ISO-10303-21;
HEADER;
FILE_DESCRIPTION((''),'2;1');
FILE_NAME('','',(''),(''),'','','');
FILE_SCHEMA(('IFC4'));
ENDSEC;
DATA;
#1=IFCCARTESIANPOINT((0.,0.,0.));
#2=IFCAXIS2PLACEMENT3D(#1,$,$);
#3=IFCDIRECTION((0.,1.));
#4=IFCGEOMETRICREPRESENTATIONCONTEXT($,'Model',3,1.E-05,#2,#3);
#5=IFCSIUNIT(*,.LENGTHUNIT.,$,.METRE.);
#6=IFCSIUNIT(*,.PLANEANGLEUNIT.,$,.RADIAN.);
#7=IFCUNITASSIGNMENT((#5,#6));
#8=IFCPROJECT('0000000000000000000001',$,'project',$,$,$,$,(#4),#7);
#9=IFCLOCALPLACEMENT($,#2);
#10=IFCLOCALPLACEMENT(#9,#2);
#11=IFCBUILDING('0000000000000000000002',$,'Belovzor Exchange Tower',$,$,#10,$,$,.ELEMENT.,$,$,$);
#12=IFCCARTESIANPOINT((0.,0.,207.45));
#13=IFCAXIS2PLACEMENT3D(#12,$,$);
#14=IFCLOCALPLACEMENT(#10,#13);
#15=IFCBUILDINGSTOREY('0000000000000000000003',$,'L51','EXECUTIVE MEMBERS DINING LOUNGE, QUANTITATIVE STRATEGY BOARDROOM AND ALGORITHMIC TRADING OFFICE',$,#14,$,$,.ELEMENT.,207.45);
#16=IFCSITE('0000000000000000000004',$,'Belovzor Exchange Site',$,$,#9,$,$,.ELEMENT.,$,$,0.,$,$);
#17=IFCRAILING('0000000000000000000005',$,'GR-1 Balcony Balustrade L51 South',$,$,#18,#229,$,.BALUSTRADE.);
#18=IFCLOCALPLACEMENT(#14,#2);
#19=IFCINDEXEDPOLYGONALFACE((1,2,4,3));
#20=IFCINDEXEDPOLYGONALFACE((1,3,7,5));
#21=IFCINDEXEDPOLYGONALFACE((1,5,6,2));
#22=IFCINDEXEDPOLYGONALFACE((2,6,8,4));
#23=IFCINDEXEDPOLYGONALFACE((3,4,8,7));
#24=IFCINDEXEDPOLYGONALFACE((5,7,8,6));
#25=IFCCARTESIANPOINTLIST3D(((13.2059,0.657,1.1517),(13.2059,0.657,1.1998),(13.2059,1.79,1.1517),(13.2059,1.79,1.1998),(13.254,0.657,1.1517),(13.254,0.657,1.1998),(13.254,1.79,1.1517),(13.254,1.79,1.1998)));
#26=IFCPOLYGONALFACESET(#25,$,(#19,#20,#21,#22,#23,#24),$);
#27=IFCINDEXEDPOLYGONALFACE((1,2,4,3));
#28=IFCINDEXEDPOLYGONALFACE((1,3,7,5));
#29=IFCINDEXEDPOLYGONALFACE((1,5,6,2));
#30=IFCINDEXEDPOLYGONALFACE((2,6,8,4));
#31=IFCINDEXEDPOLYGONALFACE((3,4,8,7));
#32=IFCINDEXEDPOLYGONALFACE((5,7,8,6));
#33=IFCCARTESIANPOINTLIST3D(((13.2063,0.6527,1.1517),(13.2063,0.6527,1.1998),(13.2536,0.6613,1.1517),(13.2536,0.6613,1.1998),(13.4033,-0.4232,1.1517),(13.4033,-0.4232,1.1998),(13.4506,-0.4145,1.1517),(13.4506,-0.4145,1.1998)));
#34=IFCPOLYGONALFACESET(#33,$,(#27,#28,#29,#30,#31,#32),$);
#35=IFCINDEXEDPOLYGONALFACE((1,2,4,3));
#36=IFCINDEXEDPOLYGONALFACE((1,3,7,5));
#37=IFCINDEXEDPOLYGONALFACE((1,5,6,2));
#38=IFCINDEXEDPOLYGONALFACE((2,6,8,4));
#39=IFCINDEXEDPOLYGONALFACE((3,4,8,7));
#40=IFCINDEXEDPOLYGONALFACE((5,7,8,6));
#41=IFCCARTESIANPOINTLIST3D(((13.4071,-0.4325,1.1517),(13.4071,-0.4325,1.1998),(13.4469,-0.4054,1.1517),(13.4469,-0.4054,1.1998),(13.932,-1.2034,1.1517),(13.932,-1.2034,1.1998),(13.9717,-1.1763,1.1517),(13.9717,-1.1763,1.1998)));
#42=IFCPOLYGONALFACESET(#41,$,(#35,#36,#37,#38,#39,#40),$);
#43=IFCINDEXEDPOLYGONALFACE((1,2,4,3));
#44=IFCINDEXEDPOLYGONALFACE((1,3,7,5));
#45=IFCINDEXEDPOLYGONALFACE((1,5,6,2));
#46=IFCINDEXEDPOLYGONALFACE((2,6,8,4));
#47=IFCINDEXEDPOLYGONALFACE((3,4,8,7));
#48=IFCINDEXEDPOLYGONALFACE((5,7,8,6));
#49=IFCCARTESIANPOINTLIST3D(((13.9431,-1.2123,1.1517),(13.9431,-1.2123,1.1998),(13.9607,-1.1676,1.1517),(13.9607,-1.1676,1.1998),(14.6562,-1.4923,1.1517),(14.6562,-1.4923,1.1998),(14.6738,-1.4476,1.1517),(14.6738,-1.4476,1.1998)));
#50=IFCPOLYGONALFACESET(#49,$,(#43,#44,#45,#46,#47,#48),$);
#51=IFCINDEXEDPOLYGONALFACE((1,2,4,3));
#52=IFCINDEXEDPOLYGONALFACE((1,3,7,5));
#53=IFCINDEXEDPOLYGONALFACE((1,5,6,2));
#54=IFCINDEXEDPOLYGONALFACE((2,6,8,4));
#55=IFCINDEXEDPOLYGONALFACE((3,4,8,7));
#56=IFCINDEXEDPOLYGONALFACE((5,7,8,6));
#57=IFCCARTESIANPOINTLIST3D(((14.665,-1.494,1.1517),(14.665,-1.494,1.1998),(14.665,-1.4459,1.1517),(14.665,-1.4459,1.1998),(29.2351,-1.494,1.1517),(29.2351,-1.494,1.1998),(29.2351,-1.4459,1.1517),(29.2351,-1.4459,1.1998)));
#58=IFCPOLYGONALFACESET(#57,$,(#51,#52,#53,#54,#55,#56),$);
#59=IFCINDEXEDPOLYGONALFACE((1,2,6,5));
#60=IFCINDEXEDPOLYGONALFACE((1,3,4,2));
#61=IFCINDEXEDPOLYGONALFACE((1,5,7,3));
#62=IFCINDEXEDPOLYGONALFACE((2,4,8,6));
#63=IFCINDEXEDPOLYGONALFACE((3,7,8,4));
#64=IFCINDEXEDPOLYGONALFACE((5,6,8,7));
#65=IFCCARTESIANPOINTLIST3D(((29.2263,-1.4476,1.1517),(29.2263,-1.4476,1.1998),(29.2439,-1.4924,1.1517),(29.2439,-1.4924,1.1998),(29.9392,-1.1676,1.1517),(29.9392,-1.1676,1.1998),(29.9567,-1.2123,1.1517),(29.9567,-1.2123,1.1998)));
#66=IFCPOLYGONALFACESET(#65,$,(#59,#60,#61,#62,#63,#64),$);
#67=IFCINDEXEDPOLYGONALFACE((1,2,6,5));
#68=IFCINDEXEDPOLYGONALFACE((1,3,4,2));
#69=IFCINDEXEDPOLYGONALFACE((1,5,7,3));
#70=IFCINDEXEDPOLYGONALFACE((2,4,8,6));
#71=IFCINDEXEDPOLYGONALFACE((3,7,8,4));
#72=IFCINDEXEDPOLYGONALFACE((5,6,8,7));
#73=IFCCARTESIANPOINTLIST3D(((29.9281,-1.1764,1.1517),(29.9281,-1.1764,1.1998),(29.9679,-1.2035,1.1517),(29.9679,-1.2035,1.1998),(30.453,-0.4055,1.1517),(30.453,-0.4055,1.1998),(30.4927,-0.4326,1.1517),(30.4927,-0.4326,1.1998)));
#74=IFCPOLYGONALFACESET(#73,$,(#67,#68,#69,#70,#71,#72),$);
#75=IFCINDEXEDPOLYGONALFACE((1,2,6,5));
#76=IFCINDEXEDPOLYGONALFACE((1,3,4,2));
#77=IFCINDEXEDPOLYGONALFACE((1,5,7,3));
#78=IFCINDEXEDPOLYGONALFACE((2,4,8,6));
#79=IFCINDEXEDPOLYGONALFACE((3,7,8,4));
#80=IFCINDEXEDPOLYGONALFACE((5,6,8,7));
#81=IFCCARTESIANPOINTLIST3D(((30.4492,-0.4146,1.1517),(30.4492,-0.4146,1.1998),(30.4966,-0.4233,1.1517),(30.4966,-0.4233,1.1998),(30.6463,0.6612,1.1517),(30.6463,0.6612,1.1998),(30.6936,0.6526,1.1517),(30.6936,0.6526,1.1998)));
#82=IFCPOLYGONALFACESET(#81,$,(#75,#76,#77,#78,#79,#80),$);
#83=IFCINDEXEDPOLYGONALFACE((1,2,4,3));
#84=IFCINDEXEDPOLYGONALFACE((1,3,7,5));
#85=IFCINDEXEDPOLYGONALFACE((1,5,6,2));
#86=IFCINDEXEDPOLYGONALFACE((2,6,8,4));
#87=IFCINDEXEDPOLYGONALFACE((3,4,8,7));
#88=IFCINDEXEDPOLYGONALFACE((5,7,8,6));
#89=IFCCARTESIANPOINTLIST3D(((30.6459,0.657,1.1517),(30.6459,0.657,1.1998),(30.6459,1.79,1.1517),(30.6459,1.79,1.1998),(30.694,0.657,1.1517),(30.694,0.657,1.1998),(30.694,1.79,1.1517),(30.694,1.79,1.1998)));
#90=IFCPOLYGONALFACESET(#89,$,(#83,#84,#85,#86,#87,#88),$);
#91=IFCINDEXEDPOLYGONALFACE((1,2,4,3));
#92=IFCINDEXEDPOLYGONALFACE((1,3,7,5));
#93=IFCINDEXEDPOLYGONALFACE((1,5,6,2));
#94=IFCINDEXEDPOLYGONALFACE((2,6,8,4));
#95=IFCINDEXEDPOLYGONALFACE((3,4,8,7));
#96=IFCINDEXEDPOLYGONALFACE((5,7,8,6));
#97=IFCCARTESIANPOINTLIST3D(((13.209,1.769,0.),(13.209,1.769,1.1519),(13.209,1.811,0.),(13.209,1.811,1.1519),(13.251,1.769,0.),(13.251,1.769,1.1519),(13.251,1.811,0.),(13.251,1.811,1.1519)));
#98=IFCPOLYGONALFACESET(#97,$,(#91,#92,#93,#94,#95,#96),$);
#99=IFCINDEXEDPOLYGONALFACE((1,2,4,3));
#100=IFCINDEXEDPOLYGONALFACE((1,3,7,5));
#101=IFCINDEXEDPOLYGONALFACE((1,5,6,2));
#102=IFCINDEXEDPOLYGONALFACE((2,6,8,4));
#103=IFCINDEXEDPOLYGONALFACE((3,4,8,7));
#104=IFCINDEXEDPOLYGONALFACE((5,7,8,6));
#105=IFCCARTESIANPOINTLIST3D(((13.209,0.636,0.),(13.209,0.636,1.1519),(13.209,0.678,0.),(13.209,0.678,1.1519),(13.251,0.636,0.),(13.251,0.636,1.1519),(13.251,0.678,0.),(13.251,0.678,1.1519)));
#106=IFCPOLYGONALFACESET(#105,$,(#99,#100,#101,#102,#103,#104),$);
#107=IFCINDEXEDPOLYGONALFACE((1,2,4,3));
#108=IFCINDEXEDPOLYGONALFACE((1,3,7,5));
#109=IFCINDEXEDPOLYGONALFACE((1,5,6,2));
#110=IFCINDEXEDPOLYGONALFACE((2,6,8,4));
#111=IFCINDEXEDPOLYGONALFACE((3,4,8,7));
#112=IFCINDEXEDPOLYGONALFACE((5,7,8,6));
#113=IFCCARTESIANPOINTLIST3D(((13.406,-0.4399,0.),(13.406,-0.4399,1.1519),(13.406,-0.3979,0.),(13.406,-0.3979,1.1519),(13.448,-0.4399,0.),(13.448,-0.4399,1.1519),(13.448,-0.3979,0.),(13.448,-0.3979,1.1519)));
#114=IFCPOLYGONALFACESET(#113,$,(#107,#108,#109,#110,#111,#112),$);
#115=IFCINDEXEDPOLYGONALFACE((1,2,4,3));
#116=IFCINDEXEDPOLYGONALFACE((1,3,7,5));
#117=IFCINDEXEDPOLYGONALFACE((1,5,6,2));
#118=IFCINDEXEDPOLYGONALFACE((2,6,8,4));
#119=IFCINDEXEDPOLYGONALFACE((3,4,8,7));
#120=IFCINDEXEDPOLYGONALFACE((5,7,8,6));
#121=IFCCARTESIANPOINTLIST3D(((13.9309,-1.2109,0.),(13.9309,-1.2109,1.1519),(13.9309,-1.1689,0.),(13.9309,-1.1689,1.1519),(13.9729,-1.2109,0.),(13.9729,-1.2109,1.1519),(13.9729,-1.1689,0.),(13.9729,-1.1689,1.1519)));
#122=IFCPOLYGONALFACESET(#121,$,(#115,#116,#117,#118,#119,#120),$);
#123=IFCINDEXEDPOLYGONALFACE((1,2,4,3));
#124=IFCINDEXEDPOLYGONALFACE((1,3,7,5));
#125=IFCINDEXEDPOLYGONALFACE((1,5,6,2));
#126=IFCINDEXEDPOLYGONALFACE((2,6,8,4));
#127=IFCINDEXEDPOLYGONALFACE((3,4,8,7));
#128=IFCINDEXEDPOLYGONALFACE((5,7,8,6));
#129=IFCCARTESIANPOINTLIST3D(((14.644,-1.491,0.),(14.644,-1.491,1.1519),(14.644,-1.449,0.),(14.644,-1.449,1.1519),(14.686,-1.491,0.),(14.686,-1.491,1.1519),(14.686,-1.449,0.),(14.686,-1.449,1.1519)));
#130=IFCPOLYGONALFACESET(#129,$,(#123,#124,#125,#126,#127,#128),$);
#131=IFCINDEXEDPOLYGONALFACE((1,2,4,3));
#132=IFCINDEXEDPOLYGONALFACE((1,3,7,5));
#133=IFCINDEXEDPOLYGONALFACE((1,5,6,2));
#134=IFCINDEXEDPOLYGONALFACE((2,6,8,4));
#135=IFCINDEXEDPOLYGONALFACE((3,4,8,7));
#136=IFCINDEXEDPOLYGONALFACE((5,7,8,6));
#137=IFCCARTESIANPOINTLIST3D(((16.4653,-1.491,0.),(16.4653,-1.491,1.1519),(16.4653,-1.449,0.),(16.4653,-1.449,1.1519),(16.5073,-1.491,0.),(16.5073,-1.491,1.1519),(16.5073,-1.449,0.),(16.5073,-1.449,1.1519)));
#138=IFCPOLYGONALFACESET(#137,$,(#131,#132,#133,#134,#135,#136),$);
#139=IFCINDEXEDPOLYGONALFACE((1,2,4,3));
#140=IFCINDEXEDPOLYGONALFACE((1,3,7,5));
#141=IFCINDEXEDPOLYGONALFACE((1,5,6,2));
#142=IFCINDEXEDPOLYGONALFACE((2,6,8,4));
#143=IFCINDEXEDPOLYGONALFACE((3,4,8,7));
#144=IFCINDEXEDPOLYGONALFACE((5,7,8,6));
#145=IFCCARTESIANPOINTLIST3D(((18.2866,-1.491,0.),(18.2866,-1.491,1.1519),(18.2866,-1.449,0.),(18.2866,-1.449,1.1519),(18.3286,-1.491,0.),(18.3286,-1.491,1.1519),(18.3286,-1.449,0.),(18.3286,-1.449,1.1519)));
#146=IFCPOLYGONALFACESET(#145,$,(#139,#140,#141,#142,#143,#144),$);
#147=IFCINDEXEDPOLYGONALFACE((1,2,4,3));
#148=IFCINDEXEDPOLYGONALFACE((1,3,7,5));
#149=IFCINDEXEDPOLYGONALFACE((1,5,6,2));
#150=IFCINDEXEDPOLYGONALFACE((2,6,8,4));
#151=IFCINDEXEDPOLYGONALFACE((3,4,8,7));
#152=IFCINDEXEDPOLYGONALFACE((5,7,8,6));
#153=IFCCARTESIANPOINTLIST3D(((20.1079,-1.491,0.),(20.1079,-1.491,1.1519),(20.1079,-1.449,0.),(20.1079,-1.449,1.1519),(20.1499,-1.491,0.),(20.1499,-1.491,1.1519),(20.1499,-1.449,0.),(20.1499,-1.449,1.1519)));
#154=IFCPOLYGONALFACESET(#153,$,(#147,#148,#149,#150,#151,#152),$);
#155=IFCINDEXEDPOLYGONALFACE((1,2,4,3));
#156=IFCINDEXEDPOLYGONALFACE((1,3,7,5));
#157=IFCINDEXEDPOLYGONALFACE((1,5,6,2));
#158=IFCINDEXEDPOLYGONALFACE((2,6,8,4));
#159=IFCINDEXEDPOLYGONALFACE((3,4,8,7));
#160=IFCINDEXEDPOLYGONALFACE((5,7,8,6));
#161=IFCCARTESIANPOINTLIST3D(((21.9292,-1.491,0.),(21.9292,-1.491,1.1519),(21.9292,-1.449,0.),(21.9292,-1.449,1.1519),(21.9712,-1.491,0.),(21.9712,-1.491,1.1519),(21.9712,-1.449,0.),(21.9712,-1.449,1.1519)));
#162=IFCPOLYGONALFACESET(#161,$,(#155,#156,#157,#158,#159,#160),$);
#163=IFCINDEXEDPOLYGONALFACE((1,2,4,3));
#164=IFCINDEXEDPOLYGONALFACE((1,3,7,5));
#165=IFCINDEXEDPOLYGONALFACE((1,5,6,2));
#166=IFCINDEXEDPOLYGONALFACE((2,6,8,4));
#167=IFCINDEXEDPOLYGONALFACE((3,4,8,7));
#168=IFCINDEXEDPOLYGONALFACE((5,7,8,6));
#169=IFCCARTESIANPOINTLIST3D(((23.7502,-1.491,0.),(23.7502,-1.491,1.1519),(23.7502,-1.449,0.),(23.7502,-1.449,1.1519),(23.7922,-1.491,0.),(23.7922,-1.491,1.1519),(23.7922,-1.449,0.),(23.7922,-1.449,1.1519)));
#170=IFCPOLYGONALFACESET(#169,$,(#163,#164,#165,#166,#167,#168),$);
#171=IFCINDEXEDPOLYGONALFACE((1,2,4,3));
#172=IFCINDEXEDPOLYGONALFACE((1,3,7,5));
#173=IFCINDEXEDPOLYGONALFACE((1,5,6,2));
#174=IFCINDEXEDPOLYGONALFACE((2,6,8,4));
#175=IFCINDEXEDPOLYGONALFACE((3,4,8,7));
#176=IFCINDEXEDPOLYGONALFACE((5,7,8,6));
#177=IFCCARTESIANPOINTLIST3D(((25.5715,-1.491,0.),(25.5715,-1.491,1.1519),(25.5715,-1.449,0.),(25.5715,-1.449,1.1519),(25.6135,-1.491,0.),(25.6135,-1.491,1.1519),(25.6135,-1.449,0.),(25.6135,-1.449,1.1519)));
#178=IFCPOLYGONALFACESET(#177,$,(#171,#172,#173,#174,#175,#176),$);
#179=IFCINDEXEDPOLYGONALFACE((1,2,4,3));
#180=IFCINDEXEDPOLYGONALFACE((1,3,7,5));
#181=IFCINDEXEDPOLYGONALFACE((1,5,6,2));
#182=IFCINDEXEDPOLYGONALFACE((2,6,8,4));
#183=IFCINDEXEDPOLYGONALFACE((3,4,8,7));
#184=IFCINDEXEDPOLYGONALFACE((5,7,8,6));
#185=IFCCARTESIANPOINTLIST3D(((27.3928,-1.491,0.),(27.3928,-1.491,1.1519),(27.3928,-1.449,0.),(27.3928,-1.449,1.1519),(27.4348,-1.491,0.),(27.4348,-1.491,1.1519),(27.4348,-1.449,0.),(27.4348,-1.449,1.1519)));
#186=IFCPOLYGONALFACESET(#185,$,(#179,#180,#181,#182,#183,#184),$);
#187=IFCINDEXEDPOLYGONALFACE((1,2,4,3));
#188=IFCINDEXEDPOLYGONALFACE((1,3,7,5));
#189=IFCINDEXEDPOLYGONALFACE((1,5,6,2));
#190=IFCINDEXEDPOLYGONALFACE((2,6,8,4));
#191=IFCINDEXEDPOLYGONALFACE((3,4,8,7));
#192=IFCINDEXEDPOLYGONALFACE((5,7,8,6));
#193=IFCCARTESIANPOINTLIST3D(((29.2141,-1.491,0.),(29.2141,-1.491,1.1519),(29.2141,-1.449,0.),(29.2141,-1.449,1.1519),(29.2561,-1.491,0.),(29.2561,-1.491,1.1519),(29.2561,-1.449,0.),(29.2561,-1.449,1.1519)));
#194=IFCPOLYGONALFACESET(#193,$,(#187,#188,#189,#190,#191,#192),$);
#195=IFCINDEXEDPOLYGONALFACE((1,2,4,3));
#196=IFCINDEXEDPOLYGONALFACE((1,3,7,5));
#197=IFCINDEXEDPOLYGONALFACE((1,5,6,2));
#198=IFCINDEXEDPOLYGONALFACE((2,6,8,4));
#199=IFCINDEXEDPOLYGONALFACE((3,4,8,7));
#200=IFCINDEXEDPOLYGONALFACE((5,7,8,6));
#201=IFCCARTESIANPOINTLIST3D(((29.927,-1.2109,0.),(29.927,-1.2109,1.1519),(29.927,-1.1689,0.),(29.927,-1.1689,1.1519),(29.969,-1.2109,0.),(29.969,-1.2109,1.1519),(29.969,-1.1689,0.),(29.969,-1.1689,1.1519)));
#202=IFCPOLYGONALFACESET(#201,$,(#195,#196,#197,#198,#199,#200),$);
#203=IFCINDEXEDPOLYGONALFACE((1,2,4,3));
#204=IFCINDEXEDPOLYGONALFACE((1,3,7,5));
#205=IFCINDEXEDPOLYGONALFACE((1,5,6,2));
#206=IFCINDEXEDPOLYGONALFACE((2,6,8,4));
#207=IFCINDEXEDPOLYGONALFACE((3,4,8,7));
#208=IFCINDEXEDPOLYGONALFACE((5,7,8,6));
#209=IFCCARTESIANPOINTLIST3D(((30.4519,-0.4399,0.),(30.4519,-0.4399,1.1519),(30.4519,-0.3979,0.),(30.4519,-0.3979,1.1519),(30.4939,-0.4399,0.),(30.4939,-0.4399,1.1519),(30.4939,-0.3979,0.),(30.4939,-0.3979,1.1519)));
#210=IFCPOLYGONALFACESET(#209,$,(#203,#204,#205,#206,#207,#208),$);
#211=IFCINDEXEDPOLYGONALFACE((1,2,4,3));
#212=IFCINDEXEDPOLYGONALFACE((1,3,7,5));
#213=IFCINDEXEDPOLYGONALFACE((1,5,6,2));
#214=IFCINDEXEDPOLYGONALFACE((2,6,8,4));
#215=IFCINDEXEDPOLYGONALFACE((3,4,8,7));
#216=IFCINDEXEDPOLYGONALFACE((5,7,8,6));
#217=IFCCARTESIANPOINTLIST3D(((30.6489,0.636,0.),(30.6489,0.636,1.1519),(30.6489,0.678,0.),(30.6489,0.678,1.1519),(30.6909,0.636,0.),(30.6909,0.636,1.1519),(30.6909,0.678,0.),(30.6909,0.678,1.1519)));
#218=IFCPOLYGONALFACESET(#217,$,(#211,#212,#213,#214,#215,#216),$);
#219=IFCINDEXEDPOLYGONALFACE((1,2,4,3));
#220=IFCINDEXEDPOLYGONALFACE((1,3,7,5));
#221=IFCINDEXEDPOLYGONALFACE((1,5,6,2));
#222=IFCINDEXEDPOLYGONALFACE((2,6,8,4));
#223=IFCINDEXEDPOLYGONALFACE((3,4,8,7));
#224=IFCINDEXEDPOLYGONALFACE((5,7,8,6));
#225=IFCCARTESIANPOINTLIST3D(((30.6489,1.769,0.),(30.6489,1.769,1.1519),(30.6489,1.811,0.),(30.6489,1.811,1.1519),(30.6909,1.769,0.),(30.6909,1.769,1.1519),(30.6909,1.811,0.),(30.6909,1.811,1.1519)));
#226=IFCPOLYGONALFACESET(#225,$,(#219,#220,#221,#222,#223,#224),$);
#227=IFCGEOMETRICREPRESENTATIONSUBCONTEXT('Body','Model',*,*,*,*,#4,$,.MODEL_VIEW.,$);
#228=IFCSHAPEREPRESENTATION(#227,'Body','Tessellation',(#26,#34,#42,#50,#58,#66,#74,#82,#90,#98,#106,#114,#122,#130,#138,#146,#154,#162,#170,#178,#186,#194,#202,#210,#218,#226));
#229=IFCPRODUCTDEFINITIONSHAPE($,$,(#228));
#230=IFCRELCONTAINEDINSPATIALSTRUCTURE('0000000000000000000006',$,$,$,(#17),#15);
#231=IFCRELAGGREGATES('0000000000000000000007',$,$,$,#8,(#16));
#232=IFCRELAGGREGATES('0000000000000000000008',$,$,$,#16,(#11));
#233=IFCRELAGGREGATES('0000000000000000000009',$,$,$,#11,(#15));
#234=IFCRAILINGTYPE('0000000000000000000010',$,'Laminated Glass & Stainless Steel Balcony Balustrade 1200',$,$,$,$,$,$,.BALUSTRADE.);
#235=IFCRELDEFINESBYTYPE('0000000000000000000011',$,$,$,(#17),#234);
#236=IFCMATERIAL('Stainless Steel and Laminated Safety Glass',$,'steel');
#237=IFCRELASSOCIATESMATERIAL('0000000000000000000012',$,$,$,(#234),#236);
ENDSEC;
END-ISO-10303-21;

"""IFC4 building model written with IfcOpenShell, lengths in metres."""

from ifc_helpers import new_model, si_unit, direction, frame, origin, origin_2d, place, context, subcontext, project, spatial, rectangle, extrude, material, type_object, element, save


model = new_model("IFC4")

# Units and contexts
model_context = context("Model", 3, precision=1e-05, world=origin(), true_north=direction((0.0, 1.0)))
body_context = subcontext(model_context, "Body", "Model", "MODEL_VIEW")
ifc_project = project(units=[si_unit("LENGTHUNIT", "METRE"), si_unit("PLANEANGLEUNIT", "RADIAN")], contexts=[model_context])

# Site, building, storey
site_placement = place(None, origin())
site = spatial("IfcSite", under=ifc_project, at=site_placement, Name="Belovzor Exchange Site", CompositionType="ELEMENT", RefElevation=0.0)
building_placement = place(site_placement, origin())
building = spatial("IfcBuilding", under=site, at=building_placement, Name="Belovzor Exchange Tower", CompositionType="ELEMENT")
storey_placement = place(building_placement, frame((0.0, 0.0, 207.45)))
storey = spatial("IfcBuildingStorey", under=building, at=storey_placement, Name="L51", Description="EXECUTIVE MEMBERS DINING LOUNGE, QUANTITATIVE STRATEGY BOARDROOM AND ALGORITHMIC TRADING OFFICE", CompositionType="ELEMENT", Elevation=207.45)

# Railing
ifc_material_1 = material(Name="Stainless Steel and Laminated Safety Glass", Category="steel")
railing_type = type_object("IfcRailingType", Name="Laminated Glass & Stainless Steel Balcony Balustrade 1200", PredefinedType="BALUSTRADE", material=ifc_material_1)
railing_placement = place(storey_placement, frame((13.23, 1.79, 0.0)))
element("IfcRailing", 1, at=railing_placement, inside=storey, type_object=railing_type, Name="GR-1 Balcony Balustrade L51 South", PredefinedType="BALUSTRADE", context=body_context, shape_type="SweptSolid", body=[
    extrude(rectangle(XDim=0.0481, YDim=0.0481, at=origin_2d()), frame((0.0, 0.0, 1.1758), z_axis=(0.0, -1.0, 0.0), x_axis=(1.0, 0.0, 0.0)), (0.0, 0.0, 1.0), 1.1331),
    extrude(rectangle(XDim=0.0481, YDim=0.0481, at=origin_2d()), frame((0.0, -1.1331, 1.1758), z_axis=(0.180123, -0.983644, 0.0), x_axis=(0.983644, 0.180123, 0.0)), (0.0, 0.0, 1.0), 1.0938),
    extrude(rectangle(XDim=0.0481, YDim=0.0481, at=origin_2d()), frame((0.197, -2.209, 1.1758), z_axis=(0.562768, -0.826615, 0.0), x_axis=(0.826615, 0.562768, 0.0)), (0.0, 0.0, 1.0), 0.9326),
    extrude(rectangle(XDim=0.0481, YDim=0.0481, at=origin_2d()), frame((0.7219, -2.98, 1.1758), z_axis=(0.93081, -0.365504, 0.0), x_axis=(0.365504, 0.93081, 0.0)), (0.0, 0.0, 1.0), 0.7661),
    extrude(rectangle(XDim=0.0481, YDim=0.0481, at=origin_2d()), frame((1.4351, -3.26, 1.1758), z_axis=(1.0, 0.0, 0.0), x_axis=(0.0, 1.0, 0.0)), (0.0, 0.0, 1.0), 14.5701),
    extrude(rectangle(XDim=0.0481, YDim=0.0481, at=origin_2d()), frame((16.0051, -3.26, 1.1758), z_axis=(0.930767, 0.365613, 0.0), x_axis=(-0.365613, 0.930767, 0.0)), (0.0, 0.0, 1.0), 0.7659),
    extrude(rectangle(XDim=0.0481, YDim=0.0481, at=origin_2d()), frame((16.718, -2.98, 1.1758), z_axis=(0.562768, 0.826615, 0.0), x_axis=(-0.826615, 0.562768, 0.0)), (0.0, 0.0, 1.0), 0.9326),
    extrude(rectangle(XDim=0.0481, YDim=0.0481, at=origin_2d()), frame((17.2429, -2.209, 1.1758), z_axis=(0.180123, 0.983644, 0.0), x_axis=(-0.983644, 0.180123, 0.0)), (0.0, 0.0, 1.0), 1.0938),
    extrude(rectangle(XDim=0.0481, YDim=0.0481, at=origin_2d()), frame((17.4399, -1.1331, 1.1758), z_axis=(0.0, 1.0, 0.0), x_axis=(-1.0, 0.0, 0.0)), (0.0, 0.0, 1.0), 1.1331),
    extrude(rectangle(XDim=0.042, YDim=0.042, at=origin_2d()), origin(), (0.0, 0.0, 1.0), 1.1519),
    extrude(rectangle(XDim=0.042, YDim=0.042, at=origin_2d()), frame((0.0, -1.1331, 0.0)), (0.0, 0.0, 1.0), 1.1519),
    extrude(rectangle(XDim=0.042, YDim=0.042, at=origin_2d()), frame((0.197, -2.209, 0.0)), (0.0, 0.0, 1.0), 1.1519),
    extrude(rectangle(XDim=0.042, YDim=0.042, at=origin_2d()), frame((0.7219, -2.98, 0.0)), (0.0, 0.0, 1.0), 1.1519),
    extrude(rectangle(XDim=0.042, YDim=0.042, at=origin_2d()), frame((1.4351, -3.26, 0.0)), (0.0, 0.0, 1.0), 1.1519),
    extrude(rectangle(XDim=0.042, YDim=0.042, at=origin_2d()), frame((3.2563, -3.26, 0.0)), (0.0, 0.0, 1.0), 1.1519),
    extrude(rectangle(XDim=0.042, YDim=0.042, at=origin_2d()), frame((5.0776, -3.26, 0.0)), (0.0, 0.0, 1.0), 1.1519),
    extrude(rectangle(XDim=0.042, YDim=0.042, at=origin_2d()), frame((6.8989, -3.26, 0.0)), (0.0, 0.0, 1.0), 1.1519),
    extrude(rectangle(XDim=0.042, YDim=0.042, at=origin_2d()), frame((8.7202, -3.26, 0.0)), (0.0, 0.0, 1.0), 1.1519),
    extrude(rectangle(XDim=0.042, YDim=0.042, at=origin_2d()), frame((10.5413, -3.26, 0.0)), (0.0, 0.0, 1.0), 1.1519),
    extrude(rectangle(XDim=0.042, YDim=0.042, at=origin_2d()), frame((12.3625, -3.26, 0.0)), (0.0, 0.0, 1.0), 1.1519),
    extrude(rectangle(XDim=0.042, YDim=0.042, at=origin_2d()), frame((14.1838, -3.26, 0.0)), (0.0, 0.0, 1.0), 1.1519),
    extrude(rectangle(XDim=0.042, YDim=0.042, at=origin_2d()), frame((16.0051, -3.26, 0.0)), (0.0, 0.0, 1.0), 1.1519),
    extrude(rectangle(XDim=0.042, YDim=0.042, at=origin_2d()), frame((16.718, -2.98, 0.0)), (0.0, 0.0, 1.0), 1.1519),
    extrude(rectangle(XDim=0.042, YDim=0.042, at=origin_2d()), frame((17.2429, -2.209, 0.0)), (0.0, 0.0, 1.0), 1.1519),
    extrude(rectangle(XDim=0.042, YDim=0.042, at=origin_2d()), frame((17.4399, -1.1331, 0.0)), (0.0, 0.0, 1.0), 1.1519),
    extrude(rectangle(XDim=0.042, YDim=0.042, at=origin_2d()), frame((17.4399, 0.0, 0.0)), (0.0, 0.0, 1.0), 1.1519),
])

save(model, "model.ifc")
